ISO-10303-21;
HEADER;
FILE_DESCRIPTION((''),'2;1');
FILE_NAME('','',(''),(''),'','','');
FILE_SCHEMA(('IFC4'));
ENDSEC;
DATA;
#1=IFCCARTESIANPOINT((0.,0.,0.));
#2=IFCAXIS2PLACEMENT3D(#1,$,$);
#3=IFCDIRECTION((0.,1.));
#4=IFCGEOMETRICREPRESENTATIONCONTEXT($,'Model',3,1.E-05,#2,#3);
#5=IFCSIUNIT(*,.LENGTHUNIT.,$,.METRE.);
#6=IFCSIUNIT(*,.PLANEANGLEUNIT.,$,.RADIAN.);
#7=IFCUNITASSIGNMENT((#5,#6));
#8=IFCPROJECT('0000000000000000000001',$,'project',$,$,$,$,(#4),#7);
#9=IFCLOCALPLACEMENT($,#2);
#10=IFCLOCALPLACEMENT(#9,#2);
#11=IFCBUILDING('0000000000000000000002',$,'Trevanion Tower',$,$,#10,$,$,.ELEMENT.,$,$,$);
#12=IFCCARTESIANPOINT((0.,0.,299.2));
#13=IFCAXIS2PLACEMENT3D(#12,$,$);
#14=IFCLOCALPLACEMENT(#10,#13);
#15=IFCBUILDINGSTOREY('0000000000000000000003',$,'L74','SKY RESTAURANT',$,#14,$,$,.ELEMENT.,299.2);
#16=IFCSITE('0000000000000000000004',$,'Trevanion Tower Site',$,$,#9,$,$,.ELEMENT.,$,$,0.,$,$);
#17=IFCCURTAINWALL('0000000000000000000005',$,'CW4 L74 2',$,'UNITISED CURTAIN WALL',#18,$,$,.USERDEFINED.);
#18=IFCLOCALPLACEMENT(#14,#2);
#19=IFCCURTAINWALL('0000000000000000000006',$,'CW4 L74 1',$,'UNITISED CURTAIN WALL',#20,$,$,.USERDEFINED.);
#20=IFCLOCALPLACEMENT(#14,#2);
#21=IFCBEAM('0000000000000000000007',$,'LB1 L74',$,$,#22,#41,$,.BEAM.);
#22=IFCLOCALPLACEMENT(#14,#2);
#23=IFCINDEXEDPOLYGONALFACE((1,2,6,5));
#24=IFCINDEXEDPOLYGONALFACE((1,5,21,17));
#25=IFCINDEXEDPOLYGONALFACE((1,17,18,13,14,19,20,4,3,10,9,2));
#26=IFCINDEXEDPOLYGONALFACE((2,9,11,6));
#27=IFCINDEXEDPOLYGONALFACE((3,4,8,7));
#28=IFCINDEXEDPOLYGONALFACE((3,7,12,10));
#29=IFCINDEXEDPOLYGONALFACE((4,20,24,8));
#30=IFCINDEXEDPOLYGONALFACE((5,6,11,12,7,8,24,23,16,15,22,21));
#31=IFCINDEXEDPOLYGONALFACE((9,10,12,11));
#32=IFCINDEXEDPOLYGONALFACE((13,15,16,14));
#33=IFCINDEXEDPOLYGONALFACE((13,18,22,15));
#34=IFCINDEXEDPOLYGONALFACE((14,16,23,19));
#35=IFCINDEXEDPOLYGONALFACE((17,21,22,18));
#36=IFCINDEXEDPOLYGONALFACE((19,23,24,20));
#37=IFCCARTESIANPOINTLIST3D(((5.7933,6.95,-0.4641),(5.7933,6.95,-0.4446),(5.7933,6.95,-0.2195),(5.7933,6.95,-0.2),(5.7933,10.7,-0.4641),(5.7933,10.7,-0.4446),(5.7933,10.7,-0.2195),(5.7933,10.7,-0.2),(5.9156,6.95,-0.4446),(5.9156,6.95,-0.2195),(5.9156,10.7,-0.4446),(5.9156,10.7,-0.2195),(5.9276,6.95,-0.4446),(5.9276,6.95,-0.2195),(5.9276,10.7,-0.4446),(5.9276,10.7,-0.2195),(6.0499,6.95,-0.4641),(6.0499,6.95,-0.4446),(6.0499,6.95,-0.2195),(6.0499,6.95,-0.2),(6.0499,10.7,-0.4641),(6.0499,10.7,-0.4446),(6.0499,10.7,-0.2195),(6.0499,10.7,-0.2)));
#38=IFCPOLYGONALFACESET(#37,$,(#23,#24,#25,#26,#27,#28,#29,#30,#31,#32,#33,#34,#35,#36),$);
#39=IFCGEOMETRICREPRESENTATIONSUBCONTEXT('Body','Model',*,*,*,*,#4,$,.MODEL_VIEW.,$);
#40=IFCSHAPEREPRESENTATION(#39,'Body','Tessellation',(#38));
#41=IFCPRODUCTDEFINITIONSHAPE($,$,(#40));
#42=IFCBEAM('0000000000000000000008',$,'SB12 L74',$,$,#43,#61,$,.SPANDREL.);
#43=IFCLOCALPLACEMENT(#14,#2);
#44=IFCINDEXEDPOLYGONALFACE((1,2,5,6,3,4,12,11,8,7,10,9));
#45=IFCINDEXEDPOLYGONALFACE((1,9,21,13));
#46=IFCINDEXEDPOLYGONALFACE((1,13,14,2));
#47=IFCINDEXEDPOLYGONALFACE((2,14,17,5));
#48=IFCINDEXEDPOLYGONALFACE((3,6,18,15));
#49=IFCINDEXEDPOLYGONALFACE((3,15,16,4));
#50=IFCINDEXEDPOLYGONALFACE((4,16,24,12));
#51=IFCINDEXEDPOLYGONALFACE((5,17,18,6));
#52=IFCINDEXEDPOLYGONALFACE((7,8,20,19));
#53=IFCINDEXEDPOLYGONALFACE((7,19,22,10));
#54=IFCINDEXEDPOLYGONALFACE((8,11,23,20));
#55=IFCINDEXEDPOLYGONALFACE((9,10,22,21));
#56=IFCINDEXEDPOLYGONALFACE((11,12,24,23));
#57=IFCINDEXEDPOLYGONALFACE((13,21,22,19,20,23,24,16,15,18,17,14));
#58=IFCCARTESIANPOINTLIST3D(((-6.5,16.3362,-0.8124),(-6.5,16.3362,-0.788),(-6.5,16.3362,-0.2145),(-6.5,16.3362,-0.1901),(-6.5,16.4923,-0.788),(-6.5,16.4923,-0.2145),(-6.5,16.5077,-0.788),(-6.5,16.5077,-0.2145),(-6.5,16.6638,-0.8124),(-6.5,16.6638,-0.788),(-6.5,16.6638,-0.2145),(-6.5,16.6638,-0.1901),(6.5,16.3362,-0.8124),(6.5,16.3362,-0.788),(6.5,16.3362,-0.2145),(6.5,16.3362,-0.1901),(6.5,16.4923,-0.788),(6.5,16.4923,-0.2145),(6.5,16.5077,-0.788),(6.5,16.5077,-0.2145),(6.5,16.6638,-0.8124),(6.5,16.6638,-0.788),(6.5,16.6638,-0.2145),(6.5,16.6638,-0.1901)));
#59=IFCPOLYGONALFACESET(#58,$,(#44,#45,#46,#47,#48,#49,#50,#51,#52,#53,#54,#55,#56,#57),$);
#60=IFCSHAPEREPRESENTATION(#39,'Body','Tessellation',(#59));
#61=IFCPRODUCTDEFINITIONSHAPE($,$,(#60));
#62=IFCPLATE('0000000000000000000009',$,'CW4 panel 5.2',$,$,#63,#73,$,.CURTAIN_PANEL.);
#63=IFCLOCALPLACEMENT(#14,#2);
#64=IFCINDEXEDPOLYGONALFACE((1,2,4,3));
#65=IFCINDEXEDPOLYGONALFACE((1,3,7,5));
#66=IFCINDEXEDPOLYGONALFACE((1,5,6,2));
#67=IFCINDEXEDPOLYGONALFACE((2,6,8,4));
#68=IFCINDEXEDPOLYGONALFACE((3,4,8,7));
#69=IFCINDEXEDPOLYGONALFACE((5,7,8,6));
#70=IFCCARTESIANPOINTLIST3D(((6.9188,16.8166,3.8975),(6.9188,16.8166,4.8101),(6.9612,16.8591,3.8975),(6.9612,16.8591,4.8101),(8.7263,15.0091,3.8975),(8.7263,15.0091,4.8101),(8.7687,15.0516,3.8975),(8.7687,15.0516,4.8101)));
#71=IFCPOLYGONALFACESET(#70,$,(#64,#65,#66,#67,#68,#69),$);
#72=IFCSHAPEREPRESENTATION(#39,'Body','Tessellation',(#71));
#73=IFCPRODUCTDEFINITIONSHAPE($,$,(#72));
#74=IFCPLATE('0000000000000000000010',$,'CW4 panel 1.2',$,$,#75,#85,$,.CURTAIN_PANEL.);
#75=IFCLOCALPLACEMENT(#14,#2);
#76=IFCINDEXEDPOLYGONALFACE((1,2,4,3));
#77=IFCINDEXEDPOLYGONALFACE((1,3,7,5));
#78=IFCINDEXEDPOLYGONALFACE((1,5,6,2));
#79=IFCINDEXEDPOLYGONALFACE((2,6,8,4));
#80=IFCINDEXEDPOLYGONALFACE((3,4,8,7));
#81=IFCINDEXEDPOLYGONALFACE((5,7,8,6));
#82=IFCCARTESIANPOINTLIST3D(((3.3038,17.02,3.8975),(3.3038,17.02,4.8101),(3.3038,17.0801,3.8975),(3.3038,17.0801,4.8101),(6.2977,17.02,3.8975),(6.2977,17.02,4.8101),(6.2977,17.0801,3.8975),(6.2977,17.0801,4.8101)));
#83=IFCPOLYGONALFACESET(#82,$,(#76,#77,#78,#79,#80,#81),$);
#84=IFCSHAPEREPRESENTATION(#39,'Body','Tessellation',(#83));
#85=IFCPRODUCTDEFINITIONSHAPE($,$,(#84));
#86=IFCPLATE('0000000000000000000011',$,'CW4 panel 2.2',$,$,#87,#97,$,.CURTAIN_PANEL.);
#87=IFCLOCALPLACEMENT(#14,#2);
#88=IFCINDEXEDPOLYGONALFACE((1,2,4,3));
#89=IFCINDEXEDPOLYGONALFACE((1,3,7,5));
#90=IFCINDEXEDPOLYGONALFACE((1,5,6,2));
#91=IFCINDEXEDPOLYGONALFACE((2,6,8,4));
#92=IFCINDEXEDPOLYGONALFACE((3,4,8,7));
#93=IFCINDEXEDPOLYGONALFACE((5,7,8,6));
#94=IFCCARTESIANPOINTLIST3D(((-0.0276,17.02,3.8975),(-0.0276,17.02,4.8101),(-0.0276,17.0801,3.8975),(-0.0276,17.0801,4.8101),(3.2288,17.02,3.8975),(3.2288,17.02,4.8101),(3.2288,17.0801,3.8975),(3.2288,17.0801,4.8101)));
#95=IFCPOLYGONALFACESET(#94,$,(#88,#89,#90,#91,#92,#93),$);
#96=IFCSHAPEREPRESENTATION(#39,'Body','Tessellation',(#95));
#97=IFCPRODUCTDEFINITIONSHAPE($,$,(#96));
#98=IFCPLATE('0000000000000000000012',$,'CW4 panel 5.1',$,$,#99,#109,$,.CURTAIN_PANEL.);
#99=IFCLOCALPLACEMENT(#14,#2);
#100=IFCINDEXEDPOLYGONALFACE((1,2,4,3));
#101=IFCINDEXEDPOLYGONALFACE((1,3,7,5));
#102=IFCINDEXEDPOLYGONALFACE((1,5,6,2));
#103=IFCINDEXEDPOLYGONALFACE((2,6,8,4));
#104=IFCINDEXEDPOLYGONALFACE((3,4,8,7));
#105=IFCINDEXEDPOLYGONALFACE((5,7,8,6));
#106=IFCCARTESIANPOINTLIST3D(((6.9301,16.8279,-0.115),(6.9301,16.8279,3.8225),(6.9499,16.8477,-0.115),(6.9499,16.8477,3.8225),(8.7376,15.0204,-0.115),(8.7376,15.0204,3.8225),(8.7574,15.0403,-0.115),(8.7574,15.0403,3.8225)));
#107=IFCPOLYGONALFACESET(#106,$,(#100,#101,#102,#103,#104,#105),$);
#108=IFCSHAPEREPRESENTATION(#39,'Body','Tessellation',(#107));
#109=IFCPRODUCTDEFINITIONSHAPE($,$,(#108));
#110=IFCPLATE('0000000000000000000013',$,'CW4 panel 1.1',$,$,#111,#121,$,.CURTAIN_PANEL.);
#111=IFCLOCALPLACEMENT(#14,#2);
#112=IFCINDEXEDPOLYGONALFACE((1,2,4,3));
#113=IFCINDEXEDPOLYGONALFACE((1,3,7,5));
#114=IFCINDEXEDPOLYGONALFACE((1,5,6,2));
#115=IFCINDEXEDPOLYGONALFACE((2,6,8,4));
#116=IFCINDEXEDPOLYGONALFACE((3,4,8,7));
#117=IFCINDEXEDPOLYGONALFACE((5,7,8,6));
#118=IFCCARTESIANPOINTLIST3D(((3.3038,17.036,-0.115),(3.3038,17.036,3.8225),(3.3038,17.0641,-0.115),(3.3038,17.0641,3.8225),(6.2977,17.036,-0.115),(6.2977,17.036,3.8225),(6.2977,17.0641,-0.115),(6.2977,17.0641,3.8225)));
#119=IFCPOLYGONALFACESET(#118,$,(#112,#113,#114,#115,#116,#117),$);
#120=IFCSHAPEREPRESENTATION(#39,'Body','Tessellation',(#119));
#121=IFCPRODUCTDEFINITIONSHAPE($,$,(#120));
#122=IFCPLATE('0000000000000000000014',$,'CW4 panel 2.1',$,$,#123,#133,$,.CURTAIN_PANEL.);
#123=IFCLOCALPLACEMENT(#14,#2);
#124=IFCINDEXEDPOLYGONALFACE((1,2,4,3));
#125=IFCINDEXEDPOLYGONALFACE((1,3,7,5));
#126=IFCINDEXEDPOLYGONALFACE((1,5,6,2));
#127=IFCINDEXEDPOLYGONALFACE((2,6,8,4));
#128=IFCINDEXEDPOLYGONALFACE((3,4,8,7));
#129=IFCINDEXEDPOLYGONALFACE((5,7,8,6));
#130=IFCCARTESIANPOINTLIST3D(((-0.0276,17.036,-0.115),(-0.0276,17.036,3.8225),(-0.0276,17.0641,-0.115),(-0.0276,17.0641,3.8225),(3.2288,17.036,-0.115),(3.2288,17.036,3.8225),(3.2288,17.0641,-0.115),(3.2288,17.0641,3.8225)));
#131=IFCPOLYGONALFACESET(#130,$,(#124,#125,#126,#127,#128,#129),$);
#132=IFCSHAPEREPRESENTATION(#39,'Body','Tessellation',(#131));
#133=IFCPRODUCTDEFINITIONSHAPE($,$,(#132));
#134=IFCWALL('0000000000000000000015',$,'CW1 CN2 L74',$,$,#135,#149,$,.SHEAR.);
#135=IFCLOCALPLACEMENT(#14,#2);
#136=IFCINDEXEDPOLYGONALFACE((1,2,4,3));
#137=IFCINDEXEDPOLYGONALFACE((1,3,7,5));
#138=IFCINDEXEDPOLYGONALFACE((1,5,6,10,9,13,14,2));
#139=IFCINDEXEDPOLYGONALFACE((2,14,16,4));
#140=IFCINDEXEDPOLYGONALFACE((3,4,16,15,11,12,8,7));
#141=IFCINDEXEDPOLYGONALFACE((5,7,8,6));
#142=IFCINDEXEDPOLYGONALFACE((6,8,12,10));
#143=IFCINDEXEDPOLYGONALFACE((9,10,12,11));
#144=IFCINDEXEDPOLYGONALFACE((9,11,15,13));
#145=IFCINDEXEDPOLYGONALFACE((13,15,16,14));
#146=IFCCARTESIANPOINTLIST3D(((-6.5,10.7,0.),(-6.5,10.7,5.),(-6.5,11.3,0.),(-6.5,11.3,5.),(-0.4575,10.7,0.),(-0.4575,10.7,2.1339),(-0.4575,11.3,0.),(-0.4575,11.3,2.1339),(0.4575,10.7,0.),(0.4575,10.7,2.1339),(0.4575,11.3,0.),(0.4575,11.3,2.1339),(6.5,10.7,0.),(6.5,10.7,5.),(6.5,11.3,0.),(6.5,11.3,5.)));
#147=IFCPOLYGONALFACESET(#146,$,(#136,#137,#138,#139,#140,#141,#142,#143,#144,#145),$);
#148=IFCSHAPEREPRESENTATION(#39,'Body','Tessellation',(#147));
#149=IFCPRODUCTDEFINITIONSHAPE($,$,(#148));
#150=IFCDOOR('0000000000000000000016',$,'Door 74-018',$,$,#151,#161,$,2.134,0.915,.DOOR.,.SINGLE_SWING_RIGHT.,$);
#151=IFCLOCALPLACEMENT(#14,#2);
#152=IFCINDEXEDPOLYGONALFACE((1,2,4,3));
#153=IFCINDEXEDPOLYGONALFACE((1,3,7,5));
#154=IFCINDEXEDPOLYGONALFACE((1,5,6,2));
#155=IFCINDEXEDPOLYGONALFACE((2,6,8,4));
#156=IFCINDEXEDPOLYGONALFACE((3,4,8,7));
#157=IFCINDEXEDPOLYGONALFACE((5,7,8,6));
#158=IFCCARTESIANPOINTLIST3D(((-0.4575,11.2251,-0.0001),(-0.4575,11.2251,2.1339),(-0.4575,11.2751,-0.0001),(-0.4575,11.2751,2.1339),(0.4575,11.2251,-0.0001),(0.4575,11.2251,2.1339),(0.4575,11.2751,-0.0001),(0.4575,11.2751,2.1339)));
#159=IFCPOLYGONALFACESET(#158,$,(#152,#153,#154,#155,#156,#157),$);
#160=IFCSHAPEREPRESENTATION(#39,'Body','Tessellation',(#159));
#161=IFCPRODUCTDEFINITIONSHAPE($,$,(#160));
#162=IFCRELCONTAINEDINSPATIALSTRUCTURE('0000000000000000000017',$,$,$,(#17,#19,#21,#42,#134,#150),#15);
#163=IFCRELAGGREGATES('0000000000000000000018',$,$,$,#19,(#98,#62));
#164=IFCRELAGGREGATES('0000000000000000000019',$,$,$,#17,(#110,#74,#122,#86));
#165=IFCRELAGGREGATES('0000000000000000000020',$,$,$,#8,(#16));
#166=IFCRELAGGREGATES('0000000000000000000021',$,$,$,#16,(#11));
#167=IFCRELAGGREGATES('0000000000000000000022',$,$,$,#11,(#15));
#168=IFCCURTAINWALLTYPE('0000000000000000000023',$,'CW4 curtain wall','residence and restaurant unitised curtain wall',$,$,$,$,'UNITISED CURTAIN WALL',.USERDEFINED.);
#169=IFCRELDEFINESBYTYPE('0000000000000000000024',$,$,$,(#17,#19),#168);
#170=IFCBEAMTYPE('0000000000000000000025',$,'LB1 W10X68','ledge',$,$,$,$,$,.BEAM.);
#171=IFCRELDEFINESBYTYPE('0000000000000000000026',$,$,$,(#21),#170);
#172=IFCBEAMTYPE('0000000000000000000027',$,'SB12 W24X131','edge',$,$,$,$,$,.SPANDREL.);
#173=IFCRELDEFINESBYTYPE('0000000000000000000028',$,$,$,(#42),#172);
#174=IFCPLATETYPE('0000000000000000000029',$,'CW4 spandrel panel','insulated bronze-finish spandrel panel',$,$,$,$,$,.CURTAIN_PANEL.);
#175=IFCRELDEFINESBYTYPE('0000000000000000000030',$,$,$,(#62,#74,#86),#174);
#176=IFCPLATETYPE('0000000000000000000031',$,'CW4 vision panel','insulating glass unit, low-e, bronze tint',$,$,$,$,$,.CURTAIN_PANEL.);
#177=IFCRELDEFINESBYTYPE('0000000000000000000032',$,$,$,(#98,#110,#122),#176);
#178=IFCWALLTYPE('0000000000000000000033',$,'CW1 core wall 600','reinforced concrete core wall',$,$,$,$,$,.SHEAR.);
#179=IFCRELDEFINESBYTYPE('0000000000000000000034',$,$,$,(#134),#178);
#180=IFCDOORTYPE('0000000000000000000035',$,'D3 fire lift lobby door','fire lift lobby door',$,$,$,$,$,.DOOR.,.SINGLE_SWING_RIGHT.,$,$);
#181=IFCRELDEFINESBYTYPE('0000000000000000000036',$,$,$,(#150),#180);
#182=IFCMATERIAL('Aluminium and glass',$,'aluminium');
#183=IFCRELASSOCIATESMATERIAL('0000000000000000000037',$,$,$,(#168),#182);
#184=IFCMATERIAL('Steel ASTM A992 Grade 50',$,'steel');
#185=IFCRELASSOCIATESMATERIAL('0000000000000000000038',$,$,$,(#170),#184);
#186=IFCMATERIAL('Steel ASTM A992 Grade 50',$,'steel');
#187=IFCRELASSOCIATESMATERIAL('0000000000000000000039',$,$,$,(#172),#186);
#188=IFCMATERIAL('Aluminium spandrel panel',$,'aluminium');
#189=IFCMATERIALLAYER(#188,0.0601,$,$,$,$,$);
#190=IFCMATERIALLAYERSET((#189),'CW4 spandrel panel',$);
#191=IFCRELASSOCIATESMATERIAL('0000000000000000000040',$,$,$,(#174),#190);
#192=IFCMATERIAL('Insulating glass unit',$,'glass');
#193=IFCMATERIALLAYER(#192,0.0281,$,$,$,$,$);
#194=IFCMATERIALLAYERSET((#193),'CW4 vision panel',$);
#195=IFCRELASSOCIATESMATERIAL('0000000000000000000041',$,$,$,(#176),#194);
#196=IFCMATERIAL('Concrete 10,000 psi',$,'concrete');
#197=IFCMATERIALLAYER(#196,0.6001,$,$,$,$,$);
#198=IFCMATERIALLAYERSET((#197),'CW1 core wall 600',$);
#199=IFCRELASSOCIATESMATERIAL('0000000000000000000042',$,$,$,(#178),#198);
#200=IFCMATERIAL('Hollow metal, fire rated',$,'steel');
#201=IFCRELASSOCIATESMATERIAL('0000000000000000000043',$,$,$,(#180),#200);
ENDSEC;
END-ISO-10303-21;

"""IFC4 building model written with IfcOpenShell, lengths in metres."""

from ifc_helpers import new_model, si_unit, direction, frame, frame_2d, origin, origin_2d, place, context, subcontext, project, spatial, rectangle, i_section, extrude, material, layer, layer_set, material_profile, profile_set, type_object, element, fill, aggregate, save


model = new_model("IFC4")

# Units and contexts
model_context = context("Model", 3, precision=1e-05, world=origin(), true_north=direction((0.0, 1.0)))
body_context = subcontext(model_context, "Body", "Model", "MODEL_VIEW")
ifc_project = project(units=[si_unit("LENGTHUNIT", "METRE"), si_unit("PLANEANGLEUNIT", "RADIAN")], contexts=[model_context])

# Site, building, storey
site_placement = place(None, origin())
site = spatial("IfcSite", under=ifc_project, at=site_placement, Name="Trevanion Tower Site", CompositionType="ELEMENT", RefElevation=0.0)
building_placement = place(site_placement, origin())
building = spatial("IfcBuilding", under=site, at=building_placement, Name="Trevanion Tower", CompositionType="ELEMENT")
storey_placement = place(building_placement, frame((0.0, 0.0, 299.2)))
storey = spatial("IfcBuildingStorey", under=building, at=storey_placement, Name="L74", Description="SKY RESTAURANT", CompositionType="ELEMENT", Elevation=299.2)

# Curtain walls
ifc_material_1 = material(Name="Aluminium and glass", Category="aluminium")
curtain_wall_type = type_object("IfcCurtainWallType", Name="CW4 curtain wall", Description="residence and restaurant unitised curtain wall", ElementType="UNITISED CURTAIN WALL", PredefinedType="USERDEFINED", material=ifc_material_1)
curtain_wall_1_placement = place(storey_placement, origin())
curtain_wall_1 = element("IfcCurtainWall", 1, at=curtain_wall_1_placement, inside=storey, type_object=curtain_wall_type, Name="CW4 L74 2", ObjectType="UNITISED CURTAIN WALL", PredefinedType="USERDEFINED")
curtain_wall_2_placement = place(storey_placement, origin())
curtain_wall_2 = element("IfcCurtainWall", 2, at=curtain_wall_2_placement, inside=storey, type_object=curtain_wall_type, Name="CW4 L74 1", ObjectType="UNITISED CURTAIN WALL", PredefinedType="USERDEFINED")

# Beams
ifc_material_2 = material(Name="Steel ASTM A992 Grade 50", Category="steel")
ifc_material_profile_1 = material_profile(ifc_material_2, i_section(OverallWidth=0.2566, OverallDepth=0.2642, WebThickness=0.012, FlangeThickness=0.0195, at=origin_2d()), Name="W10X68")
ifc_profile_set_1 = profile_set([ifc_material_profile_1], Name="Steel ASTM A992 Grade 50")
beam_type_1 = type_object("IfcBeamType", Name="LB1 W10X68", Description="ledge", PredefinedType="BEAM", material=ifc_profile_set_1)
beam_1_placement = place(storey_placement, frame((5.9216, 6.95, -0.332), z_axis=(0.0, 1.0, 0.0), x_axis=(-1.0, 0.0, 0.0)))
element("IfcBeam", 3, at=beam_1_placement, inside=storey, type_object=beam_type_1, Name="LB1 L74", PredefinedType="BEAM", context=body_context, shape_type="SweptSolid", body=[
    extrude(i_section(OverallWidth=0.2566, OverallDepth=0.2642, WebThickness=0.012, FlangeThickness=0.0195, at=origin_2d()), origin(), (0.0, 0.0, 1.0), 3.75),
])
ifc_material_3 = material(Name="Steel ASTM A992 Grade 50", Category="steel")
ifc_material_profile_2 = material_profile(ifc_material_3, i_section(OverallWidth=0.3276, OverallDepth=0.6223, WebThickness=0.0154, FlangeThickness=0.0244, at=origin_2d()), Name="W24X131")
ifc_profile_set_2 = profile_set([ifc_material_profile_2], Name="Steel ASTM A992 Grade 50")
beam_type_2 = type_object("IfcBeamType", Name="SB12 W24X131", Description="edge", PredefinedType="SPANDREL", material=ifc_profile_set_2)
beam_2_placement = place(storey_placement, frame((6.5, 16.5, -0.5012), z_axis=(-1.0, 0.0, 0.0), x_axis=(0.0, -1.0, 0.0)))
element("IfcBeam", 4, at=beam_2_placement, inside=storey, type_object=beam_type_2, Name="SB12 L74", PredefinedType="SPANDREL", context=body_context, shape_type="SweptSolid", body=[
    extrude(i_section(OverallWidth=0.3276, OverallDepth=0.6223, WebThickness=0.0154, FlangeThickness=0.0244, at=origin_2d()), origin(), (0.0, 0.0, 1.0), 13.0),
])

# Plates
ifc_material_4 = material(Name="Aluminium spandrel panel", Category="aluminium")
ifc_layer_1 = layer(ifc_material_4, 0.0601)
ifc_layer_set_1 = layer_set([ifc_layer_1], Name="CW4 spandrel panel")
plate_type_1 = type_object("IfcPlateType", Name="CW4 spandrel panel", Description="insulated bronze-finish spandrel panel", PredefinedType="CURTAIN_PANEL", material=ifc_layer_set_1)
plate_1_placement = place(storey_placement, frame((7.8438, 15.9341, 3.8975), z_axis=(0.0, 0.0, 1.0), x_axis=(-0.707107, 0.707107, 0.0)))
plate_1 = element("IfcPlate", 5, at=plate_1_placement, type_object=plate_type_1, Name="CW4 panel 5.2", PredefinedType="CURTAIN_PANEL", context=body_context, shape_type="SweptSolid", body=[
    extrude(rectangle(XDim=2.5562, YDim=0.0601, at=origin_2d()), origin(), (0.0, 0.0, 1.0), 0.9126),
])
plate_2_placement = place(storey_placement, frame((4.8008, 17.05, 3.8975), z_axis=(0.0, 0.0, 1.0), x_axis=(-1.0, 0.0, 0.0)))
plate_2 = element("IfcPlate", 6, at=plate_2_placement, type_object=plate_type_1, Name="CW4 panel 1.2", PredefinedType="CURTAIN_PANEL", context=body_context, shape_type="SweptSolid", body=[
    extrude(rectangle(XDim=2.9939, YDim=0.0601, at=origin_2d()), origin(), (0.0, 0.0, 1.0), 0.9126),
])
plate_3_placement = place(storey_placement, frame((1.6006, 17.05, 3.8975), z_axis=(0.0, 0.0, 1.0), x_axis=(-1.0, 0.0, 0.0)))
plate_3 = element("IfcPlate", 7, at=plate_3_placement, type_object=plate_type_1, Name="CW4 panel 2.2", PredefinedType="CURTAIN_PANEL", context=body_context, shape_type="SweptSolid", body=[
    extrude(rectangle(XDim=3.2563, YDim=0.0601, at=origin_2d()), origin(), (0.0, 0.0, 1.0), 0.9126),
])
ifc_material_5 = material(Name="Insulating glass unit", Category="glass")
ifc_layer_2 = layer(ifc_material_5, 0.0281)
ifc_layer_set_2 = layer_set([ifc_layer_2], Name="CW4 vision panel")
plate_type_2 = type_object("IfcPlateType", Name="CW4 vision panel", Description="insulating glass unit, low-e, bronze tint", PredefinedType="CURTAIN_PANEL", material=ifc_layer_set_2)
plate_4_placement = place(storey_placement, frame((7.8438, 15.9341, -0.115), z_axis=(0.0, 0.0, 1.0), x_axis=(-0.707107, 0.707107, 0.0)))
plate_4 = element("IfcPlate", 8, at=plate_4_placement, type_object=plate_type_2, Name="CW4 panel 5.1", PredefinedType="CURTAIN_PANEL", context=body_context, shape_type="SweptSolid", body=[
    extrude(rectangle(XDim=2.5562, YDim=0.0281, at=origin_2d()), origin(), (0.0, 0.0, 1.0), 3.9375),
])
aggregate(curtain_wall_2, [plate_4, plate_1])
plate_5_placement = place(storey_placement, frame((4.8008, 17.05, -0.115), z_axis=(0.0, 0.0, 1.0), x_axis=(-1.0, 0.0, 0.0)))
plate_5 = element("IfcPlate", 9, at=plate_5_placement, type_object=plate_type_2, Name="CW4 panel 1.1", PredefinedType="CURTAIN_PANEL", context=body_context, shape_type="SweptSolid", body=[
    extrude(rectangle(XDim=2.9939, YDim=0.0281, at=origin_2d()), origin(), (0.0, 0.0, 1.0), 3.9375),
])
plate_6_placement = place(storey_placement, frame((1.6006, 17.05, -0.115), z_axis=(0.0, 0.0, 1.0), x_axis=(-1.0, 0.0, 0.0)))
plate_6 = element("IfcPlate", 10, at=plate_6_placement, type_object=plate_type_2, Name="CW4 panel 2.1", PredefinedType="CURTAIN_PANEL", context=body_context, shape_type="SweptSolid", body=[
    extrude(rectangle(XDim=3.2563, YDim=0.0281, at=origin_2d()), origin(), (0.0, 0.0, 1.0), 3.9375),
])
aggregate(curtain_wall_1, [plate_5, plate_2, plate_6, plate_3])

# Wall, opening, door
ifc_material_6 = material(Name="Concrete 10,000 psi", Category="concrete")
ifc_layer_3 = layer(ifc_material_6, 0.6001)
ifc_layer_set_3 = layer_set([ifc_layer_3], Name="CW1 core wall 600")
wall_type_1 = type_object("IfcWallType", Name="CW1 core wall 600", Description="reinforced concrete core wall", PredefinedType="SHEAR", material=ifc_layer_set_3)
wall_1_placement = place(storey_placement, frame((6.5, 11.0, 0.0), z_axis=(0.0, 0.0, 1.0), x_axis=(-1.0, 0.0, 0.0)))
wall_1 = element("IfcWall", 11, at=wall_1_placement, inside=storey, type_object=wall_type_1, Name="CW1 CN2 L74", PredefinedType="SHEAR", context=body_context, shape_type="SweptSolid", body=[
    extrude(rectangle(XDim=13.0, YDim=0.6001, at=frame_2d((6.5, 0.0))), origin(), (0.0, 0.0, 1.0), 5.0),
])
opening_1_placement = place(wall_1_placement, frame((6.0425, 0.0, 0.0)))
opening_1 = element("IfcOpeningElement", 12, at=opening_1_placement, cuts=wall_1, PredefinedType="OPENING", context=body_context, shape_type="SweptSolid", body=[
    extrude(rectangle(XDim=0.915, YDim=2.134, at=frame_2d((0.4575, 1.0669))), frame((0.0, 0.3101, 0.0), z_axis=(0.0, -1.0, 0.0), x_axis=(1.0, 0.0, 0.0)), (0.0, 0.0, 1.0), 0.6201),
])
ifc_material_7 = material(Name="Hollow metal, fire rated", Category="steel")
door_type_1 = type_object("IfcDoorType", Name="D3 fire lift lobby door", Description="fire lift lobby door", OperationType="SINGLE_SWING_RIGHT", PredefinedType="DOOR", material=ifc_material_7)
door_1_placement = place(opening_1_placement, origin())
door_1 = element("IfcDoor", 13, at=door_1_placement, inside=storey, type_object=door_type_1, Name="Door 74-018", OperationType="SINGLE_SWING_RIGHT", OverallHeight=2.134, OverallWidth=0.915, PredefinedType="DOOR", context=body_context, shape_type="SweptSolid", body=[
    extrude(rectangle(XDim=0.915, YDim=2.134, at=frame_2d((0.4575, 1.0669))), frame((0.0, -0.2251, 0.0), z_axis=(0.0, -1.0, 0.0), x_axis=(1.0, 0.0, 0.0)), (0.0, 0.0, 1.0), 0.05),
])
fill(opening_1, door_1)

save(model, "model.ifc")
